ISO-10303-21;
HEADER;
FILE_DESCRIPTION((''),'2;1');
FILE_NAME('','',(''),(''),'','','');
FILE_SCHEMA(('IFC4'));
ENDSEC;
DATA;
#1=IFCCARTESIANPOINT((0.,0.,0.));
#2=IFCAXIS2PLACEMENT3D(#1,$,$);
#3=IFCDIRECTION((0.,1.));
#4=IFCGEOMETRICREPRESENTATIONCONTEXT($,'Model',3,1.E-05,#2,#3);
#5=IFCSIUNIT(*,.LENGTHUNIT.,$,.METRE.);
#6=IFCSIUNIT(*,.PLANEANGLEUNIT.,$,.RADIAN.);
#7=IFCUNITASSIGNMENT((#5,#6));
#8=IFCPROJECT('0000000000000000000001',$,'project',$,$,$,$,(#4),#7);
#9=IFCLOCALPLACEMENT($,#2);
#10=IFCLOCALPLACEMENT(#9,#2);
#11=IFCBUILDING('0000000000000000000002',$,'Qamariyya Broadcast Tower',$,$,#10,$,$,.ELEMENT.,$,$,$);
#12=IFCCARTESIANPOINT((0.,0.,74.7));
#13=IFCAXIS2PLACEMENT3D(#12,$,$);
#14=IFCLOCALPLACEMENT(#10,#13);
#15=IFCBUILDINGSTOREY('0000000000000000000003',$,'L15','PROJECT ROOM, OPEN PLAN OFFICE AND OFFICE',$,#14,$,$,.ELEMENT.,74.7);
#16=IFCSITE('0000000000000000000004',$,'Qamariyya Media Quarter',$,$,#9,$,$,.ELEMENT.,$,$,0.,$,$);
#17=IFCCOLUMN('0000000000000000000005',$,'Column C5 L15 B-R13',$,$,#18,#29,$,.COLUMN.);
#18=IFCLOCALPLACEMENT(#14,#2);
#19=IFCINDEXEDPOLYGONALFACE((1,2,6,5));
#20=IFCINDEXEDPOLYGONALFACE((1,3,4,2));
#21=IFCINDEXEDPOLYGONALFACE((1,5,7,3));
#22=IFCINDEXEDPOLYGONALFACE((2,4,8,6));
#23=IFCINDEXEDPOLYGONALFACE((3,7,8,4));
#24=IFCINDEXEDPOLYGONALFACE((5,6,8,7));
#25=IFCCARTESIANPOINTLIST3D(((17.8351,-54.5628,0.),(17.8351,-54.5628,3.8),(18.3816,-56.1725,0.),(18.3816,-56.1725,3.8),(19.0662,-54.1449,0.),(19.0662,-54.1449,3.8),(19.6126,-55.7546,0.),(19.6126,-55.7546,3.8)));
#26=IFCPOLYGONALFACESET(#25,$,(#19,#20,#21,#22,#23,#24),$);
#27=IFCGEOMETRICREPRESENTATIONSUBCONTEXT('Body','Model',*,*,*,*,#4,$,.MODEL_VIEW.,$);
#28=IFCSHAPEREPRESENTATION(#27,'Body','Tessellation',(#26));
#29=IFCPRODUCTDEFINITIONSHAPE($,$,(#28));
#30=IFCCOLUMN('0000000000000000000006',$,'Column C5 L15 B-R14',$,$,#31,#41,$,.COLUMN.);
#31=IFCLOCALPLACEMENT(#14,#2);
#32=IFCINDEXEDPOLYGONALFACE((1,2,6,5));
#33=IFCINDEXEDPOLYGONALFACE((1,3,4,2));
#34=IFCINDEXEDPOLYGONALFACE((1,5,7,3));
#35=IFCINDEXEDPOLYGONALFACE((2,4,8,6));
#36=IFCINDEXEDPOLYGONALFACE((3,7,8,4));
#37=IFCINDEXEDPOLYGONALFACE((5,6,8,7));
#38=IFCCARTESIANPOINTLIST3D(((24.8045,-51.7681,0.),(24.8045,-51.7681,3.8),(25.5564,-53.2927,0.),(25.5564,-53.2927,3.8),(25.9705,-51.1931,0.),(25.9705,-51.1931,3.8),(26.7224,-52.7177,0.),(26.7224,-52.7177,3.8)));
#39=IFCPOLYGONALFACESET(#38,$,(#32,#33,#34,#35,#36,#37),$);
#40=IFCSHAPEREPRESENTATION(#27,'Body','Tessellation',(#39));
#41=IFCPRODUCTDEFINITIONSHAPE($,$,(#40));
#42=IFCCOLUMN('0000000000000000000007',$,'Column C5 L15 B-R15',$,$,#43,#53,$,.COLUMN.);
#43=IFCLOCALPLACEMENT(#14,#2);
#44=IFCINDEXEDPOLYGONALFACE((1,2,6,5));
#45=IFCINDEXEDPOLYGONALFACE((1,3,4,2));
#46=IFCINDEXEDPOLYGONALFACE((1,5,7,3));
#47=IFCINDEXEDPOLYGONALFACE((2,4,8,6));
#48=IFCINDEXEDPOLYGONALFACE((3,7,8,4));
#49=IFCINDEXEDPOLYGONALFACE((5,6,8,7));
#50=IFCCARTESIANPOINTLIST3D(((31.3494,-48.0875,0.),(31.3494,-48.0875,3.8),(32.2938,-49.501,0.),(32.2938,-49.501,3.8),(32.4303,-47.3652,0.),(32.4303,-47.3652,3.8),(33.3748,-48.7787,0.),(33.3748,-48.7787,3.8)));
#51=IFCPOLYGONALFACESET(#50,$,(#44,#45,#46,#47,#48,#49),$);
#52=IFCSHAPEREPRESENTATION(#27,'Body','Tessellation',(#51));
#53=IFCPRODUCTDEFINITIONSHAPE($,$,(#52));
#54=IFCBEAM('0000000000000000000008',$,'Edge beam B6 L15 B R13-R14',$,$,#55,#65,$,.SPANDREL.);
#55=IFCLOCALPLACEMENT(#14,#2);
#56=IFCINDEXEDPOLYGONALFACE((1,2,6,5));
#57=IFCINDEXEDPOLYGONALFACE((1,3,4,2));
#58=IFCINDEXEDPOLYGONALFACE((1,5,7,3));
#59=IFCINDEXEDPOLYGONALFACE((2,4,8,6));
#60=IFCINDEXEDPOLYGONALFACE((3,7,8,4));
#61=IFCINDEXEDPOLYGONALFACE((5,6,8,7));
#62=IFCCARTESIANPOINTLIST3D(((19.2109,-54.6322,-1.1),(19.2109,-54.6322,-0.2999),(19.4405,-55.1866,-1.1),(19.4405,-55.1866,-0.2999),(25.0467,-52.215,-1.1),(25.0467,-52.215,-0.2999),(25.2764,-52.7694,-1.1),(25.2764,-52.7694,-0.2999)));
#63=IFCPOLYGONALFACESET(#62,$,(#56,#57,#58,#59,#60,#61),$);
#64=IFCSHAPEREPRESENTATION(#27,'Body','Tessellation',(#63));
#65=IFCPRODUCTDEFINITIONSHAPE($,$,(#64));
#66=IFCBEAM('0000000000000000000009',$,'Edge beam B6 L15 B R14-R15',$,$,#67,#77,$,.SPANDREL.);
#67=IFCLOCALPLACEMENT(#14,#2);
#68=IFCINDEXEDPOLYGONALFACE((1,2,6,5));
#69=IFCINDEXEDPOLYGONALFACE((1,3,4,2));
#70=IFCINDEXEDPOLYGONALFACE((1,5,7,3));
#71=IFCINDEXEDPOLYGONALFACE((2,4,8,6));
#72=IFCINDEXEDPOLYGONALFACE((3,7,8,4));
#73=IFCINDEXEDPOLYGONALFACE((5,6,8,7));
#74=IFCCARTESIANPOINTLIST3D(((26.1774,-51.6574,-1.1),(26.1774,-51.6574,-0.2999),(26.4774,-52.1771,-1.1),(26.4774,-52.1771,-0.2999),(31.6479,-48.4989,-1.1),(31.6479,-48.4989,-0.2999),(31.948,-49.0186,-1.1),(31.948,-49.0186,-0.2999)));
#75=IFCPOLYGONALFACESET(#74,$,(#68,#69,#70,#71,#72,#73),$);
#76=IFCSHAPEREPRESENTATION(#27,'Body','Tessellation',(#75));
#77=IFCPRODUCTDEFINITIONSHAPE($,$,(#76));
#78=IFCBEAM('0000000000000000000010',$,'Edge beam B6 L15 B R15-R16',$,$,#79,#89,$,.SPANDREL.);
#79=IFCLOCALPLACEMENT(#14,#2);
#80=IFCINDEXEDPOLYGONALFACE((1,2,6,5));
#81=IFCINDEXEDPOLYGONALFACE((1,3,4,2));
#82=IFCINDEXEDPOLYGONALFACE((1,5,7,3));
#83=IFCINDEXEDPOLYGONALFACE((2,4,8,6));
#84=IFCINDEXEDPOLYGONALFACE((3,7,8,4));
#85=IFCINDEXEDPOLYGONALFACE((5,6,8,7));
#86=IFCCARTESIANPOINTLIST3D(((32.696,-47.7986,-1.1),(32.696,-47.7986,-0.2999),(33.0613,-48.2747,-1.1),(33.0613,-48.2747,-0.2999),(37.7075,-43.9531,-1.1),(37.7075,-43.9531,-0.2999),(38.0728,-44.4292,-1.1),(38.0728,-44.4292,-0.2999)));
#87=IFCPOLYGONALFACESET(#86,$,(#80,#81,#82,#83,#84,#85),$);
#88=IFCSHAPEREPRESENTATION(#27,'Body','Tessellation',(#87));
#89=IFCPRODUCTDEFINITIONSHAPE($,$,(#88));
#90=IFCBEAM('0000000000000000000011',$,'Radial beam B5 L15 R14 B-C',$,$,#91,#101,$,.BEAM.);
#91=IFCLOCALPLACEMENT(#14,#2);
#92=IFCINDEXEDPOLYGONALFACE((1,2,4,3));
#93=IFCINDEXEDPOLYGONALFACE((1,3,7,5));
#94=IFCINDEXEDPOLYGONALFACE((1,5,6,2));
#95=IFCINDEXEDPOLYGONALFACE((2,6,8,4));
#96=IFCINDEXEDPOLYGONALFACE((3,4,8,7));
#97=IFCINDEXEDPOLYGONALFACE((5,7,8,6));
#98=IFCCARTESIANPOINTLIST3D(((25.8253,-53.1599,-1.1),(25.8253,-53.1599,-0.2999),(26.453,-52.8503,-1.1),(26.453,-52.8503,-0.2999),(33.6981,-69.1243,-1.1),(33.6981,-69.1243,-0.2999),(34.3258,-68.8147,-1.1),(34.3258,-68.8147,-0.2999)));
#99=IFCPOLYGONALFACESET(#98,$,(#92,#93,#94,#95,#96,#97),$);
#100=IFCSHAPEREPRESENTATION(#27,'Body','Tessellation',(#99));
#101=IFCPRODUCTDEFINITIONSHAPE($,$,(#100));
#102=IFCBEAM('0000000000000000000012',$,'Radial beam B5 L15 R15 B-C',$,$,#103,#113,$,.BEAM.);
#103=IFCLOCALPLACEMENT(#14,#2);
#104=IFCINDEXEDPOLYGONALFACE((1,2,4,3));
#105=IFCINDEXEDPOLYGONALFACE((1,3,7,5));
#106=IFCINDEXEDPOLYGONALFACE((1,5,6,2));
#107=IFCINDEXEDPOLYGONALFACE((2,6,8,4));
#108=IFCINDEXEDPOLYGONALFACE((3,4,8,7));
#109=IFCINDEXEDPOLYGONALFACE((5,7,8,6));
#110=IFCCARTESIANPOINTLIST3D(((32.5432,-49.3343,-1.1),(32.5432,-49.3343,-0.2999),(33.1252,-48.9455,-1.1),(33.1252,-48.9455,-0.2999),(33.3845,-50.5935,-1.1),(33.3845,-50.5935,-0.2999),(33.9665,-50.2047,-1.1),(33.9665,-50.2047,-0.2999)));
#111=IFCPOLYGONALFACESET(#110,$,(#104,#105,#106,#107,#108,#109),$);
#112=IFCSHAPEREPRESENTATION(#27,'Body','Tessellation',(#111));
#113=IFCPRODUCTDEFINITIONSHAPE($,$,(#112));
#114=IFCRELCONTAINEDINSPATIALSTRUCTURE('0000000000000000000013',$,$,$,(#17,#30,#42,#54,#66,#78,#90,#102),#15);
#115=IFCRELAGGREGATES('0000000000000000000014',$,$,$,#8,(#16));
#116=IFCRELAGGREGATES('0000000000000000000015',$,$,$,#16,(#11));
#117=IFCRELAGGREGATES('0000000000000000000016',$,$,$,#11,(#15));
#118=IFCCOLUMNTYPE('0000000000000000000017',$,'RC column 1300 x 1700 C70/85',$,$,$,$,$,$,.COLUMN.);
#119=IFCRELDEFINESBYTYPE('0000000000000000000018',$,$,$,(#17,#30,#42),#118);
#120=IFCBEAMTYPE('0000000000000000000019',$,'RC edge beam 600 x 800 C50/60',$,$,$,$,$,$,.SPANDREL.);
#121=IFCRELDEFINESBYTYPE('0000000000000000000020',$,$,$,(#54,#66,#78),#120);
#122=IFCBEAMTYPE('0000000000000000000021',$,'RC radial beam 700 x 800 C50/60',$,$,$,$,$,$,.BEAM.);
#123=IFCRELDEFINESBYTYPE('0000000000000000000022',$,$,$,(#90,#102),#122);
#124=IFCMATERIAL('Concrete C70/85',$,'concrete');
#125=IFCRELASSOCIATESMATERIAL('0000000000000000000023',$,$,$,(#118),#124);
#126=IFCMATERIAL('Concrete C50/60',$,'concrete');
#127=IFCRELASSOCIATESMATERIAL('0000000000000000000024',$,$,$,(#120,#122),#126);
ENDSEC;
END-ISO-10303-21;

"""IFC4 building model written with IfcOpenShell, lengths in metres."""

from ifc_helpers import new_model, si_unit, direction, frame, origin, origin_2d, place, context, subcontext, project, spatial, rectangle, extrude, material, material_profile, profile_set, type_object, element, save


model = new_model("IFC4")

# Units and contexts
model_context = context("Model", 3, precision=1e-05, world=origin(), true_north=direction((0.0, 1.0)))
body_context = subcontext(model_context, "Body", "Model", "MODEL_VIEW")
ifc_project = project(units=[si_unit("LENGTHUNIT", "METRE"), si_unit("PLANEANGLEUNIT", "RADIAN")], contexts=[model_context])

# Site, building, storey
site_placement = place(None, origin())
site = spatial("IfcSite", under=ifc_project, at=site_placement, Name="Qamariyya Media Quarter", CompositionType="ELEMENT", RefElevation=0.0)
building_placement = place(site_placement, origin())
building = spatial("IfcBuilding", under=site, at=building_placement, Name="Qamariyya Broadcast Tower", CompositionType="ELEMENT")
storey_placement = place(building_placement, frame((0.0, 0.0, 74.7)))
storey = spatial("IfcBuildingStorey", under=building, at=storey_placement, Name="L15", Description="PROJECT ROOM, OPEN PLAN OFFICE AND OFFICE", CompositionType="ELEMENT", Elevation=74.7)

# Columns
ifc_material_1 = material(Name="Concrete C70/85", Category="concrete")
ifc_material_profile_1 = material_profile(ifc_material_1, rectangle(XDim=1.3, YDim=1.7, at=origin_2d()))
ifc_profile_set_1 = profile_set([ifc_material_profile_1], Name="Concrete C70/85")
column_type = type_object("IfcColumnType", Name="RC column 1300 x 1700 C70/85", PredefinedType="COLUMN", material=ifc_profile_set_1)
for number, where, z_axis, x_axis, name in (
    (1, (18.7239, -55.1587, 0.0), (0.0, 0.0, 1.0), (0.94693, 0.321439, 0.0), "Column C5 L15 B-R13"),
    (2, (25.7634, -52.2429, 0.0), (0.0, 0.0, 1.0), (0.896873, 0.442289, 0.0), "Column C5 L15 B-R14"),
    (3, (32.3621, -48.4331, 0.0), (0.0, 0.0, 1.0), (0.83147, 0.55557, 0.0), "Column C5 L15 B-R15"),
):
    element("IfcColumn", number, at=place(storey_placement, frame(where, z_axis=z_axis, x_axis=x_axis)), inside=storey, type_object=column_type, Name=name, PredefinedType="COLUMN", context=body_context, shape_type="SweptSolid", body=[
        extrude(rectangle(XDim=1.3, YDim=1.7, at=origin_2d()), origin(), (0.0, 0.0, 1.0), 3.8),
    ])

# Beams
ifc_material_2 = material(Name="Concrete C50/60", Category="concrete")
ifc_material_profile_2 = material_profile(ifc_material_2, rectangle(XDim=0.6001, YDim=0.8, at=origin_2d()))
ifc_profile_set_2 = profile_set([ifc_material_profile_2], Name="Concrete C50/60")
beam_type_1 = type_object("IfcBeamType", Name="RC edge beam 600 x 800 C50/60", PredefinedType="SPANDREL", material=ifc_profile_set_2)
beam_1_placement = place(storey_placement, frame((19.3257, -54.9094, -0.7), z_axis=(0.923884, 0.382672, 0.0), x_axis=(-0.382672, 0.923884, 0.0)))
element("IfcBeam", 4, at=beam_1_placement, inside=storey, type_object=beam_type_1, Name="Edge beam B6 L15 B R13-R14", PredefinedType="SPANDREL", context=body_context, shape_type="SweptSolid", body=[
    extrude(rectangle(XDim=0.6001, YDim=0.8, at=origin_2d()), origin(), (0.0, 0.0, 1.0), 6.3167),
])
for number, where, z_axis, x_axis, name in (
    (5, (26.3274, -51.9172, -0.7), (0.86602, 0.500009, 0.0), (-0.500009, 0.86602, 0.0), "Edge beam B6 L15 B R14-R15"),
    (6, (32.8787, -48.0366, -0.7), (0.793352, 0.608763, 0.0), (-0.608763, 0.793352, 0.0), "Edge beam B6 L15 B R15-R16"),
):
    element("IfcBeam", number, at=place(storey_placement, frame(where, z_axis=z_axis, x_axis=x_axis)), inside=storey, type_object=beam_type_1, Name=name, PredefinedType="SPANDREL", context=body_context, shape_type="SweptSolid", body=[
        extrude(rectangle(XDim=0.6001, YDim=0.8, at=origin_2d()), origin(), (0.0, 0.0, 1.0), 6.3169),
    ])
ifc_material_profile_3 = material_profile(ifc_material_2, rectangle(XDim=0.7, YDim=0.8, at=origin_2d()))
ifc_profile_set_3 = profile_set([ifc_material_profile_3], Name="Concrete C50/60")
beam_type_2 = type_object("IfcBeamType", Name="RC radial beam 700 x 800 C50/60", PredefinedType="BEAM", material=ifc_profile_set_3)
beam_2_placement = place(storey_placement, frame((26.1392, -53.0051, -0.7), z_axis=(0.442291, -0.896872, 0.0), x_axis=(0.896872, 0.442291, 0.0)))
element("IfcBeam", 7, at=beam_2_placement, inside=storey, type_object=beam_type_2, Name="Radial beam B5 L15 R14 B-C", PredefinedType="BEAM", context=body_context, shape_type="SweptSolid", body=[
    extrude(rectangle(XDim=0.7, YDim=0.8, at=origin_2d()), origin(), (0.0, 0.0, 1.0), 17.8),
])
beam_3_placement = place(storey_placement, frame((32.8342, -49.1399, -0.7), z_axis=(0.555518, -0.831504, 0.0), x_axis=(0.831504, 0.555518, 0.0)))
element("IfcBeam", 8, at=beam_3_placement, inside=storey, type_object=beam_type_2, Name="Radial beam B5 L15 R15 B-C", PredefinedType="BEAM", context=body_context, shape_type="SweptSolid", body=[
    extrude(rectangle(XDim=0.7, YDim=0.8, at=origin_2d()), origin(), (0.0, 0.0, 1.0), 1.5144),
])

save(model, "model.ifc")
